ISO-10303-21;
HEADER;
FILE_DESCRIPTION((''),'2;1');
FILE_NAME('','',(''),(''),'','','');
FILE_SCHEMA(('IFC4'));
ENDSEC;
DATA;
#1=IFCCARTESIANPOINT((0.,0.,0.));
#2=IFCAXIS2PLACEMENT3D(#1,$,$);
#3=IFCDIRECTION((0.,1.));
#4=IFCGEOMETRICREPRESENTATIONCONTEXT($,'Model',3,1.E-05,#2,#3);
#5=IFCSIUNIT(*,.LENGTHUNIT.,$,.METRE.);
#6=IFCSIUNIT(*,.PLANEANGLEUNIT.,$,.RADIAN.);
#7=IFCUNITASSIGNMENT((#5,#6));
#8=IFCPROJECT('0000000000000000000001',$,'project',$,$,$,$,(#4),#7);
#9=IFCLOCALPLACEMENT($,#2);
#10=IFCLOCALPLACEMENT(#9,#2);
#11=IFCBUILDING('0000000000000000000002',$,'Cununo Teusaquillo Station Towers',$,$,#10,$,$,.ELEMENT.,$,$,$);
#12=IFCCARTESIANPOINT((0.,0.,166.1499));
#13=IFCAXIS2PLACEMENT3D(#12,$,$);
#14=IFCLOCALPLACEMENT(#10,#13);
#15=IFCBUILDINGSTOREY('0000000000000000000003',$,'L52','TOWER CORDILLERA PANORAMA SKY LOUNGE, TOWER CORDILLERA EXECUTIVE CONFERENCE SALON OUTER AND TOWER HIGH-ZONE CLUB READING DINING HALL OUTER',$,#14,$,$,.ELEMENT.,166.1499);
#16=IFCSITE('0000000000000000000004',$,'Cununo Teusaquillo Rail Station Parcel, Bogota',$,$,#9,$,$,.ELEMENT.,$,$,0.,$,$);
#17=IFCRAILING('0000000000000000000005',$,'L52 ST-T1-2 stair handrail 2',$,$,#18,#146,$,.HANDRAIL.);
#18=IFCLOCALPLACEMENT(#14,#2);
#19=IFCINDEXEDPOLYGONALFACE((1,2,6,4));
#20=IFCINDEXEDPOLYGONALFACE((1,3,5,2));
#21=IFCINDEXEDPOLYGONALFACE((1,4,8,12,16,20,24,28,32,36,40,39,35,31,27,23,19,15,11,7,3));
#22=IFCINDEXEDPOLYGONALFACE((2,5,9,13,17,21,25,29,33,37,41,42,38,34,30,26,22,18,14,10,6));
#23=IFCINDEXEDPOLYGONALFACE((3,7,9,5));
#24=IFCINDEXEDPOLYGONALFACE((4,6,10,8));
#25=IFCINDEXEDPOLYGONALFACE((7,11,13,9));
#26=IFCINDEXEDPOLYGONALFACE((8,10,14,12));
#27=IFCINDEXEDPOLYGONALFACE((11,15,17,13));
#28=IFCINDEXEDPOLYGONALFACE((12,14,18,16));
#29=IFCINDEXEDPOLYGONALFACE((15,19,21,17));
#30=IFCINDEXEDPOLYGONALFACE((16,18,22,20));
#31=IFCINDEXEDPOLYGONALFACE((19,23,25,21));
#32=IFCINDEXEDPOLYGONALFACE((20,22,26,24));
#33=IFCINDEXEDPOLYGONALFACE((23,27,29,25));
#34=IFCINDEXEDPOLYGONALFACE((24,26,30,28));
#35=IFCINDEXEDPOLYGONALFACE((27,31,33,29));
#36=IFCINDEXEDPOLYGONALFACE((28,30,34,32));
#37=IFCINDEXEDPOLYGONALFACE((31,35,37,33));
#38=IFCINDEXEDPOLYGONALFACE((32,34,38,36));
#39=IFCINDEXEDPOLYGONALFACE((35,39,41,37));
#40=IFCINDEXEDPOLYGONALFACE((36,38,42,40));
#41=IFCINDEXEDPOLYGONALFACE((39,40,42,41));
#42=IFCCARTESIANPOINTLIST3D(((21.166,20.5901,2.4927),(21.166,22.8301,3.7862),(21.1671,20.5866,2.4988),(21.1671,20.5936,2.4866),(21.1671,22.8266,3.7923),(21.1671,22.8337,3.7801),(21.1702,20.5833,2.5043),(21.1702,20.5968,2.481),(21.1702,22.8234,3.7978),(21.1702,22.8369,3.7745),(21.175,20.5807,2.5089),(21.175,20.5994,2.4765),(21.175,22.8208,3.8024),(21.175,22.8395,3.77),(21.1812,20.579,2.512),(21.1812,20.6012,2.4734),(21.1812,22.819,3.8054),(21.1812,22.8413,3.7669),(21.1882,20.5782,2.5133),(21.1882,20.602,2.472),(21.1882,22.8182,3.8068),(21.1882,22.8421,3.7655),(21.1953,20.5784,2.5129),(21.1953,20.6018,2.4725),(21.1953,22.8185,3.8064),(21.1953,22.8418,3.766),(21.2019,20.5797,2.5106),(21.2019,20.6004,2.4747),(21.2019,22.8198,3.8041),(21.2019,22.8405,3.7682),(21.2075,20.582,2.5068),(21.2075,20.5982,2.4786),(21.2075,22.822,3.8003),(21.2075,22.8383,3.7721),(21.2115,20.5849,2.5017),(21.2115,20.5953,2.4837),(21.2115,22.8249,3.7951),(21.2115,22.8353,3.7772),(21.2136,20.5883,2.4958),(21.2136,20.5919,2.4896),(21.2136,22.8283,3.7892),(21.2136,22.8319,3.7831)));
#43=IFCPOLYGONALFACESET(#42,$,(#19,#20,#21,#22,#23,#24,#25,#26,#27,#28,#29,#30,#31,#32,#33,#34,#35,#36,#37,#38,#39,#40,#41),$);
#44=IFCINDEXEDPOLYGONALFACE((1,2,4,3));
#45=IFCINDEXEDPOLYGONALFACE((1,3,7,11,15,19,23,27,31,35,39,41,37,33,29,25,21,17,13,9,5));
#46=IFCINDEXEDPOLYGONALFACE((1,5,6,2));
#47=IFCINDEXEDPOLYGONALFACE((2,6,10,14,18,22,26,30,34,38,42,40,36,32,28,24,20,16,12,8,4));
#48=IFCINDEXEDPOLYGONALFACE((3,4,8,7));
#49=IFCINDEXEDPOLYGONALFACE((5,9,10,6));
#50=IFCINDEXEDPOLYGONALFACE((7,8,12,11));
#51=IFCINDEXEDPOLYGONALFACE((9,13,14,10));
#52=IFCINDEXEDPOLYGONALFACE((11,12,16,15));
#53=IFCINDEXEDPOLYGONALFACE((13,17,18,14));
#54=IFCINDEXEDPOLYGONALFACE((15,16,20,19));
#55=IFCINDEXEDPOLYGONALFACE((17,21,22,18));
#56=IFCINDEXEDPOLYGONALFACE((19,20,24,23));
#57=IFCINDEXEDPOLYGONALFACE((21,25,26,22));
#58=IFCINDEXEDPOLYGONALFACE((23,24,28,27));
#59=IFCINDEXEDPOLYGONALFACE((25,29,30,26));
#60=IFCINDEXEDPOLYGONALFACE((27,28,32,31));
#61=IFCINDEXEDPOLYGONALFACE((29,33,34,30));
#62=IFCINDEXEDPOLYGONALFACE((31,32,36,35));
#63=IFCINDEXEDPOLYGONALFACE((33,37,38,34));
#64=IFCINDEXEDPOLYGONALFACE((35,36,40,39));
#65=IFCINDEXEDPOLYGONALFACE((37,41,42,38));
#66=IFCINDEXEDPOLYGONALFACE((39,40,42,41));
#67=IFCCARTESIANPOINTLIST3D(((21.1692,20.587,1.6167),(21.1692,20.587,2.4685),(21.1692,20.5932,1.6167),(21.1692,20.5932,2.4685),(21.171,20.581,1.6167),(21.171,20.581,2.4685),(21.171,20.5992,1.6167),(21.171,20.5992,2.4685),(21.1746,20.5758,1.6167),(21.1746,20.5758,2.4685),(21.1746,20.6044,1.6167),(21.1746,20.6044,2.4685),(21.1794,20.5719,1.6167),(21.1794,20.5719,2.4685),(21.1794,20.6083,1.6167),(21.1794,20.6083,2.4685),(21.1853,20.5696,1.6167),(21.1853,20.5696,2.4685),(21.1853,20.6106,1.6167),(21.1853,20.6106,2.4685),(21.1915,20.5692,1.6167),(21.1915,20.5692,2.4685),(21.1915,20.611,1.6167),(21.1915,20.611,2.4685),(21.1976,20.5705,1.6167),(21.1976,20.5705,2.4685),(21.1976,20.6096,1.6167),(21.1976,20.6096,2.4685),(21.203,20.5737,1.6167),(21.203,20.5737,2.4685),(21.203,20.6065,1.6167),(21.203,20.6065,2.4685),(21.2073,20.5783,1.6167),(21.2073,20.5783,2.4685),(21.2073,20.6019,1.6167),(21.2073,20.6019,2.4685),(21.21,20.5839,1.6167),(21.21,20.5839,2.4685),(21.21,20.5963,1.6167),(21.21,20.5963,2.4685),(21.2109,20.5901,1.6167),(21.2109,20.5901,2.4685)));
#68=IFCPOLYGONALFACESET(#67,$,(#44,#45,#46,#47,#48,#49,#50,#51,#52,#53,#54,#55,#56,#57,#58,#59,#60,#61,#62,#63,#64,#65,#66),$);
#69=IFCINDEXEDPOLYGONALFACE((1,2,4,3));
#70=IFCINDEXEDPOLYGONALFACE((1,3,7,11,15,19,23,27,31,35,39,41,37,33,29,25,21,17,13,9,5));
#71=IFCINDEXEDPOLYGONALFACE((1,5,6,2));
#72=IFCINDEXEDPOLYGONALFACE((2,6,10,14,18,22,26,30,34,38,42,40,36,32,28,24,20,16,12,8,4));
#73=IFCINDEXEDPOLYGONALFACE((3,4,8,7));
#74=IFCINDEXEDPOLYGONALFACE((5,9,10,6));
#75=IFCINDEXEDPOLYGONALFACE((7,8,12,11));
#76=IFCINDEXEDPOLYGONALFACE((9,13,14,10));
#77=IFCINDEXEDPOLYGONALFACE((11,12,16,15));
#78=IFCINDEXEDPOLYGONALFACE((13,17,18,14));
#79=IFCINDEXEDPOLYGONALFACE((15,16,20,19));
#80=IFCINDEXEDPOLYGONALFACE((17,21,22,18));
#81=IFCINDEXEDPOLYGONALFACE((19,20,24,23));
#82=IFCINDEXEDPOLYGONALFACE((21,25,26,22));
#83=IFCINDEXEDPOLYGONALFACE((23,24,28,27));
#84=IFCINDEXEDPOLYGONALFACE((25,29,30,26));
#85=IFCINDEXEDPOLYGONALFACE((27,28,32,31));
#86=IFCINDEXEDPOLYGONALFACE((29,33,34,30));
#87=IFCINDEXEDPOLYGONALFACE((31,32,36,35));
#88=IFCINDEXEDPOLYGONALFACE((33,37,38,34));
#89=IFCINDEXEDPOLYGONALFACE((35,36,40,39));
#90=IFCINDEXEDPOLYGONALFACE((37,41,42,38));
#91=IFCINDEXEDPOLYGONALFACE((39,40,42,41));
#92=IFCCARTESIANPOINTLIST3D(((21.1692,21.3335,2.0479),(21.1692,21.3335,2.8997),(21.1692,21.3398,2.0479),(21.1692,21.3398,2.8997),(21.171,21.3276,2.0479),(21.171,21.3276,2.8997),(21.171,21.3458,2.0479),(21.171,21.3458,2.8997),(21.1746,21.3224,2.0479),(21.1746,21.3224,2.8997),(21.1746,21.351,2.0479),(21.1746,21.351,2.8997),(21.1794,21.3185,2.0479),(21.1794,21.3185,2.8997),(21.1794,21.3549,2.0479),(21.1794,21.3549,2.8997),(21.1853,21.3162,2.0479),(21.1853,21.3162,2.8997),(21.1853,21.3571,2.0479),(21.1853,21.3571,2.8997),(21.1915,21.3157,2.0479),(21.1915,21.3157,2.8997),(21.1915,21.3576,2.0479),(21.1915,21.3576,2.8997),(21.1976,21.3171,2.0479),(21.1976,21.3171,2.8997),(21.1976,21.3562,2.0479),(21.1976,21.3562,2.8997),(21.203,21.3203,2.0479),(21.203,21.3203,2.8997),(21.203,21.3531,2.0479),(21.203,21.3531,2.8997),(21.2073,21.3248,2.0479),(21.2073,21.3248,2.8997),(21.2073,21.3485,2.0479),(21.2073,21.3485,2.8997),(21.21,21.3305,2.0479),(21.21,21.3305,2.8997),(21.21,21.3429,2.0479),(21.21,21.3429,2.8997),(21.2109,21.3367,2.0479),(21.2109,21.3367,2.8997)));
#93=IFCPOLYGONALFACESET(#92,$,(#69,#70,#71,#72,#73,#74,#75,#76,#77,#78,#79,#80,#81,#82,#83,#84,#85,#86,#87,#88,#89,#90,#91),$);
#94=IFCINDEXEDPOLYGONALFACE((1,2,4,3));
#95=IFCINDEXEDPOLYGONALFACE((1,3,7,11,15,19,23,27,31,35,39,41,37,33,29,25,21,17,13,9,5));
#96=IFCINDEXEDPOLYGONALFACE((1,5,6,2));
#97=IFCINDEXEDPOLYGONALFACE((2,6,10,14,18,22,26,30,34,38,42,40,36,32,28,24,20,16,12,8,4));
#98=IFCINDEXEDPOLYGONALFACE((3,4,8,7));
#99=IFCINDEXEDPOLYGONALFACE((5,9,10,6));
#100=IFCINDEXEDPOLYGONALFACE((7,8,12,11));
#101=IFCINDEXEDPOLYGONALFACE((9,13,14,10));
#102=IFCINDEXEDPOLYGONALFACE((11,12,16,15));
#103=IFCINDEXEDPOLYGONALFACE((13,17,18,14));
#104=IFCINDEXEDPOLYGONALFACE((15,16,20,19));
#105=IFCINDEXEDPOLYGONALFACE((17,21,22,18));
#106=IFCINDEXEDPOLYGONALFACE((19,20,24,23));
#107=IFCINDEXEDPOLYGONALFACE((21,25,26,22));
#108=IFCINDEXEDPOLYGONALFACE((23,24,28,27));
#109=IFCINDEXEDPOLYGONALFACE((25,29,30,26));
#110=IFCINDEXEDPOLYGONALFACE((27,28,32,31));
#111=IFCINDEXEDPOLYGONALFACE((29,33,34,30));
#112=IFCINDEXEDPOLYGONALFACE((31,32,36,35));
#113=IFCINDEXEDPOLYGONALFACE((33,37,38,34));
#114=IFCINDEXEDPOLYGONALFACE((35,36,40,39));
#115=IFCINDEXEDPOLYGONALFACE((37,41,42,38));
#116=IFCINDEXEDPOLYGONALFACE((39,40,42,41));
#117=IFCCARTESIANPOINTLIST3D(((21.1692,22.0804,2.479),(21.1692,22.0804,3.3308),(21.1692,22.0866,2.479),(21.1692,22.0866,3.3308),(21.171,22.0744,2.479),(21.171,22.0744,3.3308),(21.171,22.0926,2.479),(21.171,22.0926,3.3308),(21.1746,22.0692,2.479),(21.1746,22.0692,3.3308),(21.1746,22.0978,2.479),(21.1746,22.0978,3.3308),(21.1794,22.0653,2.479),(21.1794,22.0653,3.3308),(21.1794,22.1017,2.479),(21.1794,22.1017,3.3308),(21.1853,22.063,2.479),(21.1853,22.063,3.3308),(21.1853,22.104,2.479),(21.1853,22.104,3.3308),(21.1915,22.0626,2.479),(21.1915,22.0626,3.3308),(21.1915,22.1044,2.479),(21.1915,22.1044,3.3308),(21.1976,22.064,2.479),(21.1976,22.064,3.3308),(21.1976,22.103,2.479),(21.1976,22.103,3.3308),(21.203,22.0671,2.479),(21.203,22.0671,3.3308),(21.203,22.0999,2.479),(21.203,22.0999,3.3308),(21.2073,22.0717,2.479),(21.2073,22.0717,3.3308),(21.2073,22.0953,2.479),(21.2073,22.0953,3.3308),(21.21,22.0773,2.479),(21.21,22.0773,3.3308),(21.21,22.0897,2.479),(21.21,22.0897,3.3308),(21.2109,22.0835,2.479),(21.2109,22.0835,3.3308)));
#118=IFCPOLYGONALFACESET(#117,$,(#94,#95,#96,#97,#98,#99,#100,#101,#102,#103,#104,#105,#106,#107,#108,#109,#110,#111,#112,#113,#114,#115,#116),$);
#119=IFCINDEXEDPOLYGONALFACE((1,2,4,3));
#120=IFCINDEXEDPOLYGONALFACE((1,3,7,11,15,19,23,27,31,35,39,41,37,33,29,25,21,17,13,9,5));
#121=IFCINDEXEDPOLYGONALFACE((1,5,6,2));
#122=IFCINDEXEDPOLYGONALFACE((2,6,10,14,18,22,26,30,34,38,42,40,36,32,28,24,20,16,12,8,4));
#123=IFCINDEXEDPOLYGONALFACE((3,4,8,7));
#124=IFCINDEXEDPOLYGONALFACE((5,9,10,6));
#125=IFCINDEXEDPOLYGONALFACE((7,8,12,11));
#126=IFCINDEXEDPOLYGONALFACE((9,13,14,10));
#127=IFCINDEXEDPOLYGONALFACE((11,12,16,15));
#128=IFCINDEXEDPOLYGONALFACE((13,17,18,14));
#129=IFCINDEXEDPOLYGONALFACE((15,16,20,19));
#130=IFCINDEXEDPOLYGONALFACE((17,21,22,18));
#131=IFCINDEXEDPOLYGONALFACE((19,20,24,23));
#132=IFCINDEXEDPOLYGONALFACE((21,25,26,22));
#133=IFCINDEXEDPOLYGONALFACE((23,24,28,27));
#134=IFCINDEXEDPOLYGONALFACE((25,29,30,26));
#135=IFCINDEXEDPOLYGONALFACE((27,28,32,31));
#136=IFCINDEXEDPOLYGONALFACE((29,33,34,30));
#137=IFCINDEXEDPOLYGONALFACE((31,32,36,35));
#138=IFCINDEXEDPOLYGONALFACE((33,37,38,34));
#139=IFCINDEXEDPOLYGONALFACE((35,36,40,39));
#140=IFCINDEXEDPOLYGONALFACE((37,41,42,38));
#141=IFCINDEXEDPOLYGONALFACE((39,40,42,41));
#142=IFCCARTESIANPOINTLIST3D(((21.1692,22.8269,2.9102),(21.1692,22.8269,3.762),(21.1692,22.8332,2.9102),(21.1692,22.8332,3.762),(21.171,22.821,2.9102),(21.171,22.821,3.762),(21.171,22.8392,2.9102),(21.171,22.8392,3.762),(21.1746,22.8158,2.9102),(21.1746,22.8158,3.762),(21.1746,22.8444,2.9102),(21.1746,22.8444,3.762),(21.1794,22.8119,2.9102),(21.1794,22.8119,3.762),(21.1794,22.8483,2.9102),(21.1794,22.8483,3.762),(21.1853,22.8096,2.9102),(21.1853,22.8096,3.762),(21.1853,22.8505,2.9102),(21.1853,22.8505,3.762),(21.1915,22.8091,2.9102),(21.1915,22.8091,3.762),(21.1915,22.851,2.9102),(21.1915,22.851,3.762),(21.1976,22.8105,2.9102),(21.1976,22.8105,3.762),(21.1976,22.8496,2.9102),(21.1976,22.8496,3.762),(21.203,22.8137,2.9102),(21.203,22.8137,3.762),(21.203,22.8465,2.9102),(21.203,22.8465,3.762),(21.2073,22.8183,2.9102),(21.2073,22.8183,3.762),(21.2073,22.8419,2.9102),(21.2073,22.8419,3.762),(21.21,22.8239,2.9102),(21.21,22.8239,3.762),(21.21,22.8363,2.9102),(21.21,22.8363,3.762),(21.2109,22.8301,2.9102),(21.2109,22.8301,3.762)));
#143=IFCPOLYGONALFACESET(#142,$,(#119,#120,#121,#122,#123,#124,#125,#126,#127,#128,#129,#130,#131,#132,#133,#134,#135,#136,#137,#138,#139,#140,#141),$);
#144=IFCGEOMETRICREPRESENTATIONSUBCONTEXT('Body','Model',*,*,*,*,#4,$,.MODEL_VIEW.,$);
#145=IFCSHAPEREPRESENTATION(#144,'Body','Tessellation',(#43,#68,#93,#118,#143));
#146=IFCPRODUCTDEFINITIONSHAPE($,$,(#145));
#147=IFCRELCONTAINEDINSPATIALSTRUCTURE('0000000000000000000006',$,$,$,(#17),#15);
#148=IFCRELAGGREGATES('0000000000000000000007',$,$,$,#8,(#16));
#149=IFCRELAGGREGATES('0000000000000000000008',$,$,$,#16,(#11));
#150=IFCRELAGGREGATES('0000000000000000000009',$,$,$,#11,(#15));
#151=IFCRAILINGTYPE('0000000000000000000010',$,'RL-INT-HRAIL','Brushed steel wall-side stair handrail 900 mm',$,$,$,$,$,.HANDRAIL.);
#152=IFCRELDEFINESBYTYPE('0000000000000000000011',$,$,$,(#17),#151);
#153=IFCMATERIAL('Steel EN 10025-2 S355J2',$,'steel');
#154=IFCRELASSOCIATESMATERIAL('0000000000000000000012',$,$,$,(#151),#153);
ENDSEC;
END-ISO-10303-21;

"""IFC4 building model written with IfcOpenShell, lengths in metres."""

from ifc_helpers import new_model, si_unit, direction, frame, origin, origin_2d, place, context, subcontext, project, spatial, circle, extrude, material, type_object, element, save


model = new_model("IFC4")

# Units and contexts
model_context = context("Model", 3, precision=1e-05, world=origin(), true_north=direction((0.0, 1.0)))
body_context = subcontext(model_context, "Body", "Model", "MODEL_VIEW")
ifc_project = project(units=[si_unit("LENGTHUNIT", "METRE"), si_unit("PLANEANGLEUNIT", "RADIAN")], contexts=[model_context])

# Site, building, storey
site_placement = place(None, origin())
site = spatial("IfcSite", under=ifc_project, at=site_placement, Name="Cununo Teusaquillo Rail Station Parcel, Bogota", CompositionType="ELEMENT", RefElevation=0.0)
building_placement = place(site_placement, origin())
building = spatial("IfcBuilding", under=site, at=building_placement, Name="Cununo Teusaquillo Station Towers", CompositionType="ELEMENT")
storey_placement = place(building_placement, frame((0.0, 0.0, 166.1499)))
storey = spatial("IfcBuildingStorey", under=building, at=storey_placement, Name="L52", Description="TOWER CORDILLERA PANORAMA SKY LOUNGE, TOWER CORDILLERA EXECUTIVE CONFERENCE SALON OUTER AND TOWER HIGH-ZONE CLUB READING DINING HALL OUTER", CompositionType="ELEMENT", Elevation=166.1499)

# Railing
ifc_material_1 = material(Name="Steel EN 10025-2 S355J2", Category="steel")
railing_type_1 = type_object("IfcRailingType", Name="RL-INT-HRAIL", Description="Brushed steel wall-side stair handrail 900 mm", PredefinedType="HANDRAIL", material=ifc_material_1)
railing_1_placement = place(storey_placement, frame((21.1899, 20.5901, 1.6167)))
element("IfcRailing", 1, at=railing_1_placement, inside=storey, type_object=railing_type_1, Name="L52 ST-T1-2 stair handrail 2", PredefinedType="HANDRAIL", context=body_context, shape_type="SweptSolid", body=[
    extrude(circle(Radius=0.0239, at=origin_2d()), frame((0.0, 0.0, 0.876), z_axis=(0.0, 0.865992, 0.500057), x_axis=(-1.0, 0.0, 0.0)), (0.0, 0.0, 1.0), 2.5867),
    extrude(circle(Radius=0.021, at=origin_2d()), origin(), (0.0, 0.0, 1.0), 0.8518),
    extrude(circle(Radius=0.021, at=origin_2d()), frame((0.0, 0.7466, 0.4312)), (0.0, 0.0, 1.0), 0.8518),
    extrude(circle(Radius=0.021, at=origin_2d()), frame((0.0, 1.4934, 0.8623)), (0.0, 0.0, 1.0), 0.8518),
    extrude(circle(Radius=0.021, at=origin_2d()), frame((0.0, 2.24, 1.2935)), (0.0, 0.0, 1.0), 0.8518),
])

save(model, "model.ifc")
